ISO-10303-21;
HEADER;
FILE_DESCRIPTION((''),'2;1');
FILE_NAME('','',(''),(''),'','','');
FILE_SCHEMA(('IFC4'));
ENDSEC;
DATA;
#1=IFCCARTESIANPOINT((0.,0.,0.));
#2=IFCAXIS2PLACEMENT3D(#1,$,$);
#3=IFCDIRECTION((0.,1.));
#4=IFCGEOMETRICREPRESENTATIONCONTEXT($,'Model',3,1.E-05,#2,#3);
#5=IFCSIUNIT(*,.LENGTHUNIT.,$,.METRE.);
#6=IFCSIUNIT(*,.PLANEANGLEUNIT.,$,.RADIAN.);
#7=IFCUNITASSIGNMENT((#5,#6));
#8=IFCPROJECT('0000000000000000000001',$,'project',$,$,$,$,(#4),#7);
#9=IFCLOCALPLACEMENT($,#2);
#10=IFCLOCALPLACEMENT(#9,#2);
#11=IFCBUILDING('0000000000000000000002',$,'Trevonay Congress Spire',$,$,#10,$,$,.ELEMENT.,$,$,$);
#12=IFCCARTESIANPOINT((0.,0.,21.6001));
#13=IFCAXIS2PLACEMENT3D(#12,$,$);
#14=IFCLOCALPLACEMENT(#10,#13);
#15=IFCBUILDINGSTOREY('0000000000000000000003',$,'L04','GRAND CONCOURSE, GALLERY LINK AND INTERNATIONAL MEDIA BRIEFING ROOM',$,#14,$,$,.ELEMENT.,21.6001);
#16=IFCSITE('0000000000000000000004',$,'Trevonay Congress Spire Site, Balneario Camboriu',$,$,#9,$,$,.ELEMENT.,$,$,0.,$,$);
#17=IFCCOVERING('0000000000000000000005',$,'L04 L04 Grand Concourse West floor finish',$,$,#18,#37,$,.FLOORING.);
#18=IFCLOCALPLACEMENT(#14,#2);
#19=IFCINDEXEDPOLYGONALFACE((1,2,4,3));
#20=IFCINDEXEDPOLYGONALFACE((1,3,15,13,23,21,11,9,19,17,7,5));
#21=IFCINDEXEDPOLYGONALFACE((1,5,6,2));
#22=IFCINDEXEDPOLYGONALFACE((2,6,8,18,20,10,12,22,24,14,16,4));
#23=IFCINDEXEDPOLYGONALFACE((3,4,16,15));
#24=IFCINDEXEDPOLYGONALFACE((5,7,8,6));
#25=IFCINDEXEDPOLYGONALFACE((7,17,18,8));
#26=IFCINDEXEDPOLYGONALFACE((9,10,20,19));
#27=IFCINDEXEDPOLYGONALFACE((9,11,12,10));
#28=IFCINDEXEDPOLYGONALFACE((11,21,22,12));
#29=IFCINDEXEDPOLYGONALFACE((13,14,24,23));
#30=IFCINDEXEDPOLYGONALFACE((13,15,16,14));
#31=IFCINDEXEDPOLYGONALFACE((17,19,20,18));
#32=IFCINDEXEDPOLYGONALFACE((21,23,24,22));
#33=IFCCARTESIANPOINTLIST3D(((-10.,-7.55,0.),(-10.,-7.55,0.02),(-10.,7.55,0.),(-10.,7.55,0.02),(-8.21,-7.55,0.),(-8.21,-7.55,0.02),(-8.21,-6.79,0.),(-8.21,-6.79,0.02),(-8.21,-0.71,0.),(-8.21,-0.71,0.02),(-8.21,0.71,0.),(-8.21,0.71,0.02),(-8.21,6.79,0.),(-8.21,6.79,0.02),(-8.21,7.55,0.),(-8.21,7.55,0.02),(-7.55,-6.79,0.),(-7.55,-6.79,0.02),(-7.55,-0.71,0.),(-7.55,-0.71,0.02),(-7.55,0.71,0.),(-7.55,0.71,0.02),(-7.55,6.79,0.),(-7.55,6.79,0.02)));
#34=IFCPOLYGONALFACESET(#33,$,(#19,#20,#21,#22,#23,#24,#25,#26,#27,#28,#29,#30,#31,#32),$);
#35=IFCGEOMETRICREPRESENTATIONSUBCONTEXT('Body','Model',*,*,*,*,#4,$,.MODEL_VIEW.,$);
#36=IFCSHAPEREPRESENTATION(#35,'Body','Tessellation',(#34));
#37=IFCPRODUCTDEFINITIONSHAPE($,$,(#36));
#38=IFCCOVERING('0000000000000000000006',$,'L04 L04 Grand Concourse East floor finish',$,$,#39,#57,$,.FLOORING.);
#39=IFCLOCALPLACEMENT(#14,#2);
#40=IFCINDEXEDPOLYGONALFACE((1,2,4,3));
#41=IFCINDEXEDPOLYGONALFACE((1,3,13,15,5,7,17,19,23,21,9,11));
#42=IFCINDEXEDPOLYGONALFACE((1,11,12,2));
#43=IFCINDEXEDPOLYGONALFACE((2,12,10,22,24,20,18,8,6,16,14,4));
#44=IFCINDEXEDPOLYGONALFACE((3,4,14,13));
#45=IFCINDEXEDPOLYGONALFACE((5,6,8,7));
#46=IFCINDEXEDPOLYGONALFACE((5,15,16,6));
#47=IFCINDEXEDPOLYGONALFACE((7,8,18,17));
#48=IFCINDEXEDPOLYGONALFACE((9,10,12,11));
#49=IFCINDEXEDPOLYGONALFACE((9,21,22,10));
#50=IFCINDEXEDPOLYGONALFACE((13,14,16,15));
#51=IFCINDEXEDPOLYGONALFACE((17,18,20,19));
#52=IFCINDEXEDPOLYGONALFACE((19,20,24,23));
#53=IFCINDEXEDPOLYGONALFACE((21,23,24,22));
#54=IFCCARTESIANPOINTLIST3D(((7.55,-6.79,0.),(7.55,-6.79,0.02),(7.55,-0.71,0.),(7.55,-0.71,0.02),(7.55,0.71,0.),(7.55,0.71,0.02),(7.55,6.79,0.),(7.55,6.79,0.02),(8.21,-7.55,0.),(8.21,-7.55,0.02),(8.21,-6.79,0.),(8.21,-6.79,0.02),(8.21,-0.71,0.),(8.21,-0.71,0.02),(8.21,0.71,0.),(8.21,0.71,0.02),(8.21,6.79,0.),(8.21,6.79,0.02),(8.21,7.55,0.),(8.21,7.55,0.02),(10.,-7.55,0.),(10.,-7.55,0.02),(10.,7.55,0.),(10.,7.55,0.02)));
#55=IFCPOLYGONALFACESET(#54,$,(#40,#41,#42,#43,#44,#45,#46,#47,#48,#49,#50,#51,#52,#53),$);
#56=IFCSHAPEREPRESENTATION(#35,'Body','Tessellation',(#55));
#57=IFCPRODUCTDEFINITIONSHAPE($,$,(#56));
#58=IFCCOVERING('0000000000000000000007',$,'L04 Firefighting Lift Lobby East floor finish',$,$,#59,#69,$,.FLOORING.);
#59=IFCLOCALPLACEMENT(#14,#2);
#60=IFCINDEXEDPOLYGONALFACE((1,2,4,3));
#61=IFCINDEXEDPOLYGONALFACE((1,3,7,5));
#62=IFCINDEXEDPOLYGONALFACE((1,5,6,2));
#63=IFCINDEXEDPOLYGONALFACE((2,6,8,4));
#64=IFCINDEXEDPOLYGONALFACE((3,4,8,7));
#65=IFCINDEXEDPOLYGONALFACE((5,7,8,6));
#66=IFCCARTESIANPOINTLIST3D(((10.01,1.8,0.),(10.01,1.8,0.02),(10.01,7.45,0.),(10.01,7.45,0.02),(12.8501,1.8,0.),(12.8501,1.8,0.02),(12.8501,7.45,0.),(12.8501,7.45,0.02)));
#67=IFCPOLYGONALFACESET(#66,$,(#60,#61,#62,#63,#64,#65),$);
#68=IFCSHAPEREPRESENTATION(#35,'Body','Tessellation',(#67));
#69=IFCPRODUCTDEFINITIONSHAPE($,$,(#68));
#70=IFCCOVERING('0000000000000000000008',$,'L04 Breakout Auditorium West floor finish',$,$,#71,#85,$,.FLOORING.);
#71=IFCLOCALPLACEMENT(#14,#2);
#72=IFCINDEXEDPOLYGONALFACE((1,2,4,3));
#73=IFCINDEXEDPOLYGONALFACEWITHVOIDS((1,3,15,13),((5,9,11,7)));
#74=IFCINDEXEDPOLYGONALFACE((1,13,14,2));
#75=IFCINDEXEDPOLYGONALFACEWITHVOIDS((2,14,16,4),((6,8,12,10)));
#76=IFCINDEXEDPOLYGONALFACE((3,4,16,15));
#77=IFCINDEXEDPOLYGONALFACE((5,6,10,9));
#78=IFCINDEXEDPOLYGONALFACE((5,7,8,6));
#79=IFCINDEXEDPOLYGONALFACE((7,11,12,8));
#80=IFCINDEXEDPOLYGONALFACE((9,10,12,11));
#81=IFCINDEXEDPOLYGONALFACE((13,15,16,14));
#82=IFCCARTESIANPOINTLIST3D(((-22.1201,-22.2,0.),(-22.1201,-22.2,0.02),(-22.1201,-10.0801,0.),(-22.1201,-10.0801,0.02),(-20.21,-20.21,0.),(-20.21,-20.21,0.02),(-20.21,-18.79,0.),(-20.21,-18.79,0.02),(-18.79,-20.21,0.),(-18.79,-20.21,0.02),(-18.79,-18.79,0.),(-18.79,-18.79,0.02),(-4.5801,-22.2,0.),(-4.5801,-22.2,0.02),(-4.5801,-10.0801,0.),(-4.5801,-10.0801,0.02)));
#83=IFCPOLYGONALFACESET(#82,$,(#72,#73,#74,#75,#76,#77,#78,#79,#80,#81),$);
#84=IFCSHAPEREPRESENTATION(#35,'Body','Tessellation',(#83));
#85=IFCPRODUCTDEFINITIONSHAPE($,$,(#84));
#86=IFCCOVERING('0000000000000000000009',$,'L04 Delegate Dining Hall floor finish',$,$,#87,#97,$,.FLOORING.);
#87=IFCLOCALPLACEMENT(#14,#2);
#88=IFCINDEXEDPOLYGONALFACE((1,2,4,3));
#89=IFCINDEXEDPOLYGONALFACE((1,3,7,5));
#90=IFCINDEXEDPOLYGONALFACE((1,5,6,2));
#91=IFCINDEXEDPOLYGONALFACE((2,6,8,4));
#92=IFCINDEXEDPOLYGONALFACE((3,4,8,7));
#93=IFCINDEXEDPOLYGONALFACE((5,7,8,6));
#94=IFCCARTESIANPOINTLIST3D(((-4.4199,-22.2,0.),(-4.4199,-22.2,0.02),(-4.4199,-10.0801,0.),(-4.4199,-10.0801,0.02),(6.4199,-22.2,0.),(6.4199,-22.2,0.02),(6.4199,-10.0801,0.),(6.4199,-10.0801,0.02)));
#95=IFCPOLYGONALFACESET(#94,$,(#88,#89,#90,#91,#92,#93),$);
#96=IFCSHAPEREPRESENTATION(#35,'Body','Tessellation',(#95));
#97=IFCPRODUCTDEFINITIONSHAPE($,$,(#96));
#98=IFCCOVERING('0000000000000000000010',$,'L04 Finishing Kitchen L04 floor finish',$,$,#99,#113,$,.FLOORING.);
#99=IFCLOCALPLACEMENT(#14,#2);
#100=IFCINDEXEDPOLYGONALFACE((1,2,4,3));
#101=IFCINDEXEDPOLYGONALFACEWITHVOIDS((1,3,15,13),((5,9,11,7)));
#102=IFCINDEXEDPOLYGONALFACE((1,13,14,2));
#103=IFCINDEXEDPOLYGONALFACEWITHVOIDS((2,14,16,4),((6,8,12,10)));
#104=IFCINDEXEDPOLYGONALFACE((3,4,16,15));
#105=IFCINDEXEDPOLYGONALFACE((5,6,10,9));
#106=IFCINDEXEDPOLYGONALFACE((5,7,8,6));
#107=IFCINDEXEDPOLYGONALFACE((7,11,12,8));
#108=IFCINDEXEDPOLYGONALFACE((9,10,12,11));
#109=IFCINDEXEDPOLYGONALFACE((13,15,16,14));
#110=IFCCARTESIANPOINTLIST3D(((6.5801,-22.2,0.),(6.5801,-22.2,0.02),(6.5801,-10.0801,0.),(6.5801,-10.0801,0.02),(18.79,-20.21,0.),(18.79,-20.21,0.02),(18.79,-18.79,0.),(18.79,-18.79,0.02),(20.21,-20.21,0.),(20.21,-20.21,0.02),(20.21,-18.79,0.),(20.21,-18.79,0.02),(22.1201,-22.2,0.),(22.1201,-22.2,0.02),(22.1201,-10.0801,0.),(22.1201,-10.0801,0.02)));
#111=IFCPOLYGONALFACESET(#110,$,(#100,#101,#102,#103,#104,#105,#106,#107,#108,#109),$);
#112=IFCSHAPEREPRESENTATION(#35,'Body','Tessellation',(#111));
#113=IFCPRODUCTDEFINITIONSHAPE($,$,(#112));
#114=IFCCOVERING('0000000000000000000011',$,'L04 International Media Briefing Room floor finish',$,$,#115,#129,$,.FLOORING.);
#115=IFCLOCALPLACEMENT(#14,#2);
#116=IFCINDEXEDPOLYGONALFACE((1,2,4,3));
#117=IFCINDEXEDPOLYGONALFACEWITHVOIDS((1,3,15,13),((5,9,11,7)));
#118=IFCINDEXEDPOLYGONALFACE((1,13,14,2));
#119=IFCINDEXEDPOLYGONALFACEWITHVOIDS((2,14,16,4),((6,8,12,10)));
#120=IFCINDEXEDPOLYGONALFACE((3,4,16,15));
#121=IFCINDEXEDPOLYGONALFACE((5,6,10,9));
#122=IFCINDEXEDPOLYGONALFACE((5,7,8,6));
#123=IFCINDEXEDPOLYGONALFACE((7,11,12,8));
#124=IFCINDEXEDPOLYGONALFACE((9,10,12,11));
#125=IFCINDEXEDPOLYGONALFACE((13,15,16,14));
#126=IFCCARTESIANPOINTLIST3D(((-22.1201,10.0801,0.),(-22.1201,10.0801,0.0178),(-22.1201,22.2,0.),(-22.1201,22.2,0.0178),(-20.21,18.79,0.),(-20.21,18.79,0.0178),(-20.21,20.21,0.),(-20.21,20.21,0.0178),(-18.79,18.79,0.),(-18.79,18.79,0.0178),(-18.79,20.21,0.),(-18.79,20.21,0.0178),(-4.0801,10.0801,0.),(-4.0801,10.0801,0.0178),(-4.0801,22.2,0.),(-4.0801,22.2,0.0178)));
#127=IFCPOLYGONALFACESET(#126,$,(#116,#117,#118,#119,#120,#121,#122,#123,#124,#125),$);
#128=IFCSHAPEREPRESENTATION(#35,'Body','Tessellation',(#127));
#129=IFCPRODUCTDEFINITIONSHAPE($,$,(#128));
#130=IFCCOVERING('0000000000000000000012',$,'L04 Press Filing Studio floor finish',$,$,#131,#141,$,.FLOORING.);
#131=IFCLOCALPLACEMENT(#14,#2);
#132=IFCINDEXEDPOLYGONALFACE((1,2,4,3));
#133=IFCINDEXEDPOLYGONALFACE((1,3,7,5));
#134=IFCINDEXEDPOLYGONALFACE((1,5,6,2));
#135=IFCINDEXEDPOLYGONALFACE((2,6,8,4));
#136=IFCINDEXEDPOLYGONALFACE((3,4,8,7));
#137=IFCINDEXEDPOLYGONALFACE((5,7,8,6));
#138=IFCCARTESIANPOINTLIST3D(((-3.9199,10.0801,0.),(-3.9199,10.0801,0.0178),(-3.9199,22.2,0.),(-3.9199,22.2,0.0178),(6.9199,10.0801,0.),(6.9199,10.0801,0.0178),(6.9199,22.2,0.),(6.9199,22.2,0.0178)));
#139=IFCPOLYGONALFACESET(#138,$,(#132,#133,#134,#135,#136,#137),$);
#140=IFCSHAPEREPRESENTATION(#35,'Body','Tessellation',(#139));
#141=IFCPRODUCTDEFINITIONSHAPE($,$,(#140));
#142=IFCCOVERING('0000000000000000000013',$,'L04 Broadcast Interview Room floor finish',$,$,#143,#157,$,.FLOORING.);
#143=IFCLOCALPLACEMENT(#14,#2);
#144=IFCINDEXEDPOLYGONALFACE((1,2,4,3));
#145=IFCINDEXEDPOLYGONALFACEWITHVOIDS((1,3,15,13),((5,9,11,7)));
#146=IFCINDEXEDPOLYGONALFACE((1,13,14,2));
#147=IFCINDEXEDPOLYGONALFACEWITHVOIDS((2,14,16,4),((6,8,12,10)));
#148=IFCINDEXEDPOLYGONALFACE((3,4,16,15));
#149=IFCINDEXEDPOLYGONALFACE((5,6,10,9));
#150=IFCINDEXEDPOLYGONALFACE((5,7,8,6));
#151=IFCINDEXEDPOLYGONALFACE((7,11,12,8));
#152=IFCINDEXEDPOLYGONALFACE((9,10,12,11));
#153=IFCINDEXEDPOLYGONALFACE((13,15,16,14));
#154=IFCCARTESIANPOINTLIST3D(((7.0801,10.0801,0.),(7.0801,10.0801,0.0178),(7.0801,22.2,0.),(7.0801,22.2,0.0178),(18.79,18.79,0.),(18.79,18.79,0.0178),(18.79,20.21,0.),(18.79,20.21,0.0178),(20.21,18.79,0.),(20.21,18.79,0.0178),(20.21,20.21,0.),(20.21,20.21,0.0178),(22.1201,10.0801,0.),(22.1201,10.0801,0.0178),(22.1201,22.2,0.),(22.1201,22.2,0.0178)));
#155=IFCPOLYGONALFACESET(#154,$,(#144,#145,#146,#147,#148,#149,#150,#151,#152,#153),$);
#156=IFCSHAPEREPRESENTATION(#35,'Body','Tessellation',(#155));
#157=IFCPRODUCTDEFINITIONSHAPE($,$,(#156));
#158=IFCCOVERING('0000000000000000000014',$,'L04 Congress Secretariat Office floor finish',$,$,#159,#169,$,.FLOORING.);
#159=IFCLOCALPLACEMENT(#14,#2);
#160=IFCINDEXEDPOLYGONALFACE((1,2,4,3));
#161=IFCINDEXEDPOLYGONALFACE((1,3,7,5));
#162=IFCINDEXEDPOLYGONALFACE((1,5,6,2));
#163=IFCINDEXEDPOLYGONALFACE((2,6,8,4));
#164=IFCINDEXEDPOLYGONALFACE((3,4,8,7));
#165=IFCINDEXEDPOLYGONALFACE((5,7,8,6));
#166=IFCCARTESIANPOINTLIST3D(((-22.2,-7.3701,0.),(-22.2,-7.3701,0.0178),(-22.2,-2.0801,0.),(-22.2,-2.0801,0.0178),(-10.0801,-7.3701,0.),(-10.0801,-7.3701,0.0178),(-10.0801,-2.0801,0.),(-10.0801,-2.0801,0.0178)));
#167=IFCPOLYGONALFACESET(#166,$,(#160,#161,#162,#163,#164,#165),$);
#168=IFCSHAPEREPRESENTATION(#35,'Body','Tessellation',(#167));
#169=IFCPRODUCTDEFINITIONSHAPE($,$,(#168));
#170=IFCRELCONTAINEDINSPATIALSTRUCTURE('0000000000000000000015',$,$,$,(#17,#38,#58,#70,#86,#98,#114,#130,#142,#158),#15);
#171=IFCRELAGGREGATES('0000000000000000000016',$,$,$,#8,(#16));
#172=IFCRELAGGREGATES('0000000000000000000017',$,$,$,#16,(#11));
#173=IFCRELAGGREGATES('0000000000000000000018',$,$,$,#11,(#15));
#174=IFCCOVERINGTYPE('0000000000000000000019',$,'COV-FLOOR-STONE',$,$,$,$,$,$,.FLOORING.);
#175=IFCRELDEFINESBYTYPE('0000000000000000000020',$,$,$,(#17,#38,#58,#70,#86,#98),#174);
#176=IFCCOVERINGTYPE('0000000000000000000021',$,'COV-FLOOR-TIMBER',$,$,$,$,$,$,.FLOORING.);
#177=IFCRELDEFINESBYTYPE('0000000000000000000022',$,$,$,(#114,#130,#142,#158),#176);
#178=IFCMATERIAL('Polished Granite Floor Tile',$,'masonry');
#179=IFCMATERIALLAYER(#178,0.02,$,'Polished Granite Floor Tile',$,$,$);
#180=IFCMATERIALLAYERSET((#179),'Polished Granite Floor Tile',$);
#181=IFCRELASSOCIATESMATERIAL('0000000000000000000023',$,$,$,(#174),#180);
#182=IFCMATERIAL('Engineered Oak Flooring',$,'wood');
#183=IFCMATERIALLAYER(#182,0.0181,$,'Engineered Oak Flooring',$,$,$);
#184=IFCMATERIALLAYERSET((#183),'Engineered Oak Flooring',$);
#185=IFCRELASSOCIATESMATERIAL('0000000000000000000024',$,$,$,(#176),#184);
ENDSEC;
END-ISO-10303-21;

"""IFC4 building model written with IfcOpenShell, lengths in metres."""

from ifc_helpers import new_model, si_unit, direction, frame, origin, place, context, subcontext, project, spatial, polyline, outline, extrude, material, layer, layer_set, type_object, element, save


model = new_model("IFC4")

# Units and contexts
model_context = context("Model", 3, precision=1e-05, world=origin(), true_north=direction((0.0, 1.0)))
body_context = subcontext(model_context, "Body", "Model", "MODEL_VIEW")
ifc_project = project(units=[si_unit("LENGTHUNIT", "METRE"), si_unit("PLANEANGLEUNIT", "RADIAN")], contexts=[model_context])

# Site, building, storey
site_placement = place(None, origin())
site = spatial("IfcSite", under=ifc_project, at=site_placement, Name="Trevonay Congress Spire Site, Balneario Camboriu", CompositionType="ELEMENT", RefElevation=0.0)
building_placement = place(site_placement, origin())
building = spatial("IfcBuilding", under=site, at=building_placement, Name="Trevonay Congress Spire", CompositionType="ELEMENT")
storey_placement = place(building_placement, frame((0.0, 0.0, 21.6001)))
storey = spatial("IfcBuildingStorey", under=building, at=storey_placement, Name="L04", Description="GRAND CONCOURSE, GALLERY LINK AND INTERNATIONAL MEDIA BRIEFING ROOM", CompositionType="ELEMENT", Elevation=21.6001)

# Coverings
ifc_material_1 = material(Name="Polished Granite Floor Tile", Category="masonry")
ifc_layer_1 = layer(ifc_material_1, 0.02, Name="Polished Granite Floor Tile")
ifc_layer_set_1 = layer_set([ifc_layer_1], Name="Polished Granite Floor Tile")
covering_type_1 = type_object("IfcCoveringType", Name="COV-FLOOR-STONE", PredefinedType="FLOORING", material=ifc_layer_set_1)
covering_1_placement = place(storey_placement, origin())
element("IfcCovering", 1, at=covering_1_placement, inside=storey, type_object=covering_type_1, Name="L04 L04 Grand Concourse West floor finish", PredefinedType="FLOORING", context=body_context, shape_type="SweptSolid", body=[
    extrude(outline(polyline([(-10.0, 7.55), (-8.21, 7.55), (-8.21, 6.79), (-7.55, 6.79), (-7.55, 0.71), (-8.21, 0.71), (-8.21, -0.71), (-7.55, -0.71), (-7.55, -6.79), (-8.21, -6.79), (-8.21, -7.55), (-10.0, -7.55), (-10.0, 7.55)])), origin(), (0.0, 0.0, 1.0), 0.02),
])
covering_2_placement = place(storey_placement, origin())
element("IfcCovering", 2, at=covering_2_placement, inside=storey, type_object=covering_type_1, Name="L04 L04 Grand Concourse East floor finish", PredefinedType="FLOORING", context=body_context, shape_type="SweptSolid", body=[
    extrude(outline(polyline([(10.0, -7.55), (8.21, -7.55), (8.21, -6.79), (7.55, -6.79), (7.55, -0.71), (8.21, -0.71), (8.21, 0.71), (7.55, 0.71), (7.55, 6.79), (8.21, 6.79), (8.21, 7.55), (10.0, 7.55), (10.0, -7.55)])), origin(), (0.0, 0.0, 1.0), 0.02),
])
covering_3_placement = place(storey_placement, origin())
element("IfcCovering", 3, at=covering_3_placement, inside=storey, type_object=covering_type_1, Name="L04 Firefighting Lift Lobby East floor finish", PredefinedType="FLOORING", context=body_context, shape_type="SweptSolid", body=[
    extrude(outline(polyline([(12.8501, 1.8), (10.01, 1.8), (10.01, 7.45), (12.8501, 7.45), (12.8501, 1.8)])), origin(), (0.0, 0.0, 1.0), 0.02),
])
covering_4_placement = place(storey_placement, origin())
element("IfcCovering", 4, at=covering_4_placement, inside=storey, type_object=covering_type_1, Name="L04 Breakout Auditorium West floor finish", PredefinedType="FLOORING", context=body_context, shape_type="SweptSolid", body=[
    extrude(outline(polyline([(-22.1201, -10.0801), (-4.5801, -10.0801), (-4.5801, -22.2), (-22.1201, -22.2), (-22.1201, -10.0801)]), holes=[polyline([(-18.79, -20.21), (-18.79, -18.79), (-20.21, -18.79), (-20.21, -20.21), (-18.79, -20.21)])]), origin(), (0.0, 0.0, 1.0), 0.02),
])
covering_5_placement = place(storey_placement, origin())
element("IfcCovering", 5, at=covering_5_placement, inside=storey, type_object=covering_type_1, Name="L04 Delegate Dining Hall floor finish", PredefinedType="FLOORING", context=body_context, shape_type="SweptSolid", body=[
    extrude(outline(polyline([(-4.4199, -22.2), (6.4199, -22.2), (6.4199, -10.0801), (-4.4199, -10.0801), (-4.4199, -22.2)])), origin(), (0.0, 0.0, 1.0), 0.02),
])
covering_6_placement = place(storey_placement, origin())
element("IfcCovering", 6, at=covering_6_placement, inside=storey, type_object=covering_type_1, Name="L04 Finishing Kitchen L04 floor finish", PredefinedType="FLOORING", context=body_context, shape_type="SweptSolid", body=[
    extrude(outline(polyline([(6.5801, -10.0801), (22.1201, -10.0801), (22.1201, -22.2), (6.5801, -22.2), (6.5801, -10.0801)]), holes=[polyline([(20.21, -20.21), (20.21, -18.79), (18.79, -18.79), (18.79, -20.21), (20.21, -20.21)])]), origin(), (0.0, 0.0, 1.0), 0.02),
])
ifc_material_2 = material(Name="Engineered Oak Flooring", Category="wood")
ifc_layer_2 = layer(ifc_material_2, 0.0181, Name="Engineered Oak Flooring")
ifc_layer_set_2 = layer_set([ifc_layer_2], Name="Engineered Oak Flooring")
covering_type_2 = type_object("IfcCoveringType", Name="COV-FLOOR-TIMBER", PredefinedType="FLOORING", material=ifc_layer_set_2)
covering_7_placement = place(storey_placement, origin())
element("IfcCovering", 7, at=covering_7_placement, inside=storey, type_object=covering_type_2, Name="L04 International Media Briefing Room floor finish", PredefinedType="FLOORING", context=body_context, shape_type="SweptSolid", body=[
    extrude(outline(polyline([(-22.1201, 22.2), (-4.0801, 22.2), (-4.0801, 10.0801), (-22.1201, 10.0801), (-22.1201, 22.2)]), holes=[polyline([(-18.79, 18.79), (-18.79, 20.21), (-20.21, 20.21), (-20.21, 18.79), (-18.79, 18.79)])]), origin(), (0.0, 0.0, 1.0), 0.0178),
])
covering_8_placement = place(storey_placement, origin())
element("IfcCovering", 8, at=covering_8_placement, inside=storey, type_object=covering_type_2, Name="L04 Press Filing Studio floor finish", PredefinedType="FLOORING", context=body_context, shape_type="SweptSolid", body=[
    extrude(outline(polyline([(-3.9199, 10.0801), (6.9199, 10.0801), (6.9199, 22.2), (-3.9199, 22.2), (-3.9199, 10.0801)])), origin(), (0.0, 0.0, 1.0), 0.0178),
])
covering_9_placement = place(storey_placement, origin())
element("IfcCovering", 9, at=covering_9_placement, inside=storey, type_object=covering_type_2, Name="L04 Broadcast Interview Room floor finish", PredefinedType="FLOORING", context=body_context, shape_type="SweptSolid", body=[
    extrude(outline(polyline([(7.0801, 22.2), (22.1201, 22.2), (22.1201, 10.0801), (7.0801, 10.0801), (7.0801, 22.2)]), holes=[polyline([(20.21, 18.79), (20.21, 20.21), (18.79, 20.21), (18.79, 18.79), (20.21, 18.79)])]), origin(), (0.0, 0.0, 1.0), 0.0178),
])
covering_10_placement = place(storey_placement, origin())
element("IfcCovering", 10, at=covering_10_placement, inside=storey, type_object=covering_type_2, Name="L04 Congress Secretariat Office floor finish", PredefinedType="FLOORING", context=body_context, shape_type="SweptSolid", body=[
    extrude(outline(polyline([(-22.2, -7.3701), (-10.0801, -7.3701), (-10.0801, -2.0801), (-22.2, -2.0801), (-22.2, -7.3701)])), origin(), (0.0, 0.0, 1.0), 0.0178),
])

save(model, "model.ifc")
